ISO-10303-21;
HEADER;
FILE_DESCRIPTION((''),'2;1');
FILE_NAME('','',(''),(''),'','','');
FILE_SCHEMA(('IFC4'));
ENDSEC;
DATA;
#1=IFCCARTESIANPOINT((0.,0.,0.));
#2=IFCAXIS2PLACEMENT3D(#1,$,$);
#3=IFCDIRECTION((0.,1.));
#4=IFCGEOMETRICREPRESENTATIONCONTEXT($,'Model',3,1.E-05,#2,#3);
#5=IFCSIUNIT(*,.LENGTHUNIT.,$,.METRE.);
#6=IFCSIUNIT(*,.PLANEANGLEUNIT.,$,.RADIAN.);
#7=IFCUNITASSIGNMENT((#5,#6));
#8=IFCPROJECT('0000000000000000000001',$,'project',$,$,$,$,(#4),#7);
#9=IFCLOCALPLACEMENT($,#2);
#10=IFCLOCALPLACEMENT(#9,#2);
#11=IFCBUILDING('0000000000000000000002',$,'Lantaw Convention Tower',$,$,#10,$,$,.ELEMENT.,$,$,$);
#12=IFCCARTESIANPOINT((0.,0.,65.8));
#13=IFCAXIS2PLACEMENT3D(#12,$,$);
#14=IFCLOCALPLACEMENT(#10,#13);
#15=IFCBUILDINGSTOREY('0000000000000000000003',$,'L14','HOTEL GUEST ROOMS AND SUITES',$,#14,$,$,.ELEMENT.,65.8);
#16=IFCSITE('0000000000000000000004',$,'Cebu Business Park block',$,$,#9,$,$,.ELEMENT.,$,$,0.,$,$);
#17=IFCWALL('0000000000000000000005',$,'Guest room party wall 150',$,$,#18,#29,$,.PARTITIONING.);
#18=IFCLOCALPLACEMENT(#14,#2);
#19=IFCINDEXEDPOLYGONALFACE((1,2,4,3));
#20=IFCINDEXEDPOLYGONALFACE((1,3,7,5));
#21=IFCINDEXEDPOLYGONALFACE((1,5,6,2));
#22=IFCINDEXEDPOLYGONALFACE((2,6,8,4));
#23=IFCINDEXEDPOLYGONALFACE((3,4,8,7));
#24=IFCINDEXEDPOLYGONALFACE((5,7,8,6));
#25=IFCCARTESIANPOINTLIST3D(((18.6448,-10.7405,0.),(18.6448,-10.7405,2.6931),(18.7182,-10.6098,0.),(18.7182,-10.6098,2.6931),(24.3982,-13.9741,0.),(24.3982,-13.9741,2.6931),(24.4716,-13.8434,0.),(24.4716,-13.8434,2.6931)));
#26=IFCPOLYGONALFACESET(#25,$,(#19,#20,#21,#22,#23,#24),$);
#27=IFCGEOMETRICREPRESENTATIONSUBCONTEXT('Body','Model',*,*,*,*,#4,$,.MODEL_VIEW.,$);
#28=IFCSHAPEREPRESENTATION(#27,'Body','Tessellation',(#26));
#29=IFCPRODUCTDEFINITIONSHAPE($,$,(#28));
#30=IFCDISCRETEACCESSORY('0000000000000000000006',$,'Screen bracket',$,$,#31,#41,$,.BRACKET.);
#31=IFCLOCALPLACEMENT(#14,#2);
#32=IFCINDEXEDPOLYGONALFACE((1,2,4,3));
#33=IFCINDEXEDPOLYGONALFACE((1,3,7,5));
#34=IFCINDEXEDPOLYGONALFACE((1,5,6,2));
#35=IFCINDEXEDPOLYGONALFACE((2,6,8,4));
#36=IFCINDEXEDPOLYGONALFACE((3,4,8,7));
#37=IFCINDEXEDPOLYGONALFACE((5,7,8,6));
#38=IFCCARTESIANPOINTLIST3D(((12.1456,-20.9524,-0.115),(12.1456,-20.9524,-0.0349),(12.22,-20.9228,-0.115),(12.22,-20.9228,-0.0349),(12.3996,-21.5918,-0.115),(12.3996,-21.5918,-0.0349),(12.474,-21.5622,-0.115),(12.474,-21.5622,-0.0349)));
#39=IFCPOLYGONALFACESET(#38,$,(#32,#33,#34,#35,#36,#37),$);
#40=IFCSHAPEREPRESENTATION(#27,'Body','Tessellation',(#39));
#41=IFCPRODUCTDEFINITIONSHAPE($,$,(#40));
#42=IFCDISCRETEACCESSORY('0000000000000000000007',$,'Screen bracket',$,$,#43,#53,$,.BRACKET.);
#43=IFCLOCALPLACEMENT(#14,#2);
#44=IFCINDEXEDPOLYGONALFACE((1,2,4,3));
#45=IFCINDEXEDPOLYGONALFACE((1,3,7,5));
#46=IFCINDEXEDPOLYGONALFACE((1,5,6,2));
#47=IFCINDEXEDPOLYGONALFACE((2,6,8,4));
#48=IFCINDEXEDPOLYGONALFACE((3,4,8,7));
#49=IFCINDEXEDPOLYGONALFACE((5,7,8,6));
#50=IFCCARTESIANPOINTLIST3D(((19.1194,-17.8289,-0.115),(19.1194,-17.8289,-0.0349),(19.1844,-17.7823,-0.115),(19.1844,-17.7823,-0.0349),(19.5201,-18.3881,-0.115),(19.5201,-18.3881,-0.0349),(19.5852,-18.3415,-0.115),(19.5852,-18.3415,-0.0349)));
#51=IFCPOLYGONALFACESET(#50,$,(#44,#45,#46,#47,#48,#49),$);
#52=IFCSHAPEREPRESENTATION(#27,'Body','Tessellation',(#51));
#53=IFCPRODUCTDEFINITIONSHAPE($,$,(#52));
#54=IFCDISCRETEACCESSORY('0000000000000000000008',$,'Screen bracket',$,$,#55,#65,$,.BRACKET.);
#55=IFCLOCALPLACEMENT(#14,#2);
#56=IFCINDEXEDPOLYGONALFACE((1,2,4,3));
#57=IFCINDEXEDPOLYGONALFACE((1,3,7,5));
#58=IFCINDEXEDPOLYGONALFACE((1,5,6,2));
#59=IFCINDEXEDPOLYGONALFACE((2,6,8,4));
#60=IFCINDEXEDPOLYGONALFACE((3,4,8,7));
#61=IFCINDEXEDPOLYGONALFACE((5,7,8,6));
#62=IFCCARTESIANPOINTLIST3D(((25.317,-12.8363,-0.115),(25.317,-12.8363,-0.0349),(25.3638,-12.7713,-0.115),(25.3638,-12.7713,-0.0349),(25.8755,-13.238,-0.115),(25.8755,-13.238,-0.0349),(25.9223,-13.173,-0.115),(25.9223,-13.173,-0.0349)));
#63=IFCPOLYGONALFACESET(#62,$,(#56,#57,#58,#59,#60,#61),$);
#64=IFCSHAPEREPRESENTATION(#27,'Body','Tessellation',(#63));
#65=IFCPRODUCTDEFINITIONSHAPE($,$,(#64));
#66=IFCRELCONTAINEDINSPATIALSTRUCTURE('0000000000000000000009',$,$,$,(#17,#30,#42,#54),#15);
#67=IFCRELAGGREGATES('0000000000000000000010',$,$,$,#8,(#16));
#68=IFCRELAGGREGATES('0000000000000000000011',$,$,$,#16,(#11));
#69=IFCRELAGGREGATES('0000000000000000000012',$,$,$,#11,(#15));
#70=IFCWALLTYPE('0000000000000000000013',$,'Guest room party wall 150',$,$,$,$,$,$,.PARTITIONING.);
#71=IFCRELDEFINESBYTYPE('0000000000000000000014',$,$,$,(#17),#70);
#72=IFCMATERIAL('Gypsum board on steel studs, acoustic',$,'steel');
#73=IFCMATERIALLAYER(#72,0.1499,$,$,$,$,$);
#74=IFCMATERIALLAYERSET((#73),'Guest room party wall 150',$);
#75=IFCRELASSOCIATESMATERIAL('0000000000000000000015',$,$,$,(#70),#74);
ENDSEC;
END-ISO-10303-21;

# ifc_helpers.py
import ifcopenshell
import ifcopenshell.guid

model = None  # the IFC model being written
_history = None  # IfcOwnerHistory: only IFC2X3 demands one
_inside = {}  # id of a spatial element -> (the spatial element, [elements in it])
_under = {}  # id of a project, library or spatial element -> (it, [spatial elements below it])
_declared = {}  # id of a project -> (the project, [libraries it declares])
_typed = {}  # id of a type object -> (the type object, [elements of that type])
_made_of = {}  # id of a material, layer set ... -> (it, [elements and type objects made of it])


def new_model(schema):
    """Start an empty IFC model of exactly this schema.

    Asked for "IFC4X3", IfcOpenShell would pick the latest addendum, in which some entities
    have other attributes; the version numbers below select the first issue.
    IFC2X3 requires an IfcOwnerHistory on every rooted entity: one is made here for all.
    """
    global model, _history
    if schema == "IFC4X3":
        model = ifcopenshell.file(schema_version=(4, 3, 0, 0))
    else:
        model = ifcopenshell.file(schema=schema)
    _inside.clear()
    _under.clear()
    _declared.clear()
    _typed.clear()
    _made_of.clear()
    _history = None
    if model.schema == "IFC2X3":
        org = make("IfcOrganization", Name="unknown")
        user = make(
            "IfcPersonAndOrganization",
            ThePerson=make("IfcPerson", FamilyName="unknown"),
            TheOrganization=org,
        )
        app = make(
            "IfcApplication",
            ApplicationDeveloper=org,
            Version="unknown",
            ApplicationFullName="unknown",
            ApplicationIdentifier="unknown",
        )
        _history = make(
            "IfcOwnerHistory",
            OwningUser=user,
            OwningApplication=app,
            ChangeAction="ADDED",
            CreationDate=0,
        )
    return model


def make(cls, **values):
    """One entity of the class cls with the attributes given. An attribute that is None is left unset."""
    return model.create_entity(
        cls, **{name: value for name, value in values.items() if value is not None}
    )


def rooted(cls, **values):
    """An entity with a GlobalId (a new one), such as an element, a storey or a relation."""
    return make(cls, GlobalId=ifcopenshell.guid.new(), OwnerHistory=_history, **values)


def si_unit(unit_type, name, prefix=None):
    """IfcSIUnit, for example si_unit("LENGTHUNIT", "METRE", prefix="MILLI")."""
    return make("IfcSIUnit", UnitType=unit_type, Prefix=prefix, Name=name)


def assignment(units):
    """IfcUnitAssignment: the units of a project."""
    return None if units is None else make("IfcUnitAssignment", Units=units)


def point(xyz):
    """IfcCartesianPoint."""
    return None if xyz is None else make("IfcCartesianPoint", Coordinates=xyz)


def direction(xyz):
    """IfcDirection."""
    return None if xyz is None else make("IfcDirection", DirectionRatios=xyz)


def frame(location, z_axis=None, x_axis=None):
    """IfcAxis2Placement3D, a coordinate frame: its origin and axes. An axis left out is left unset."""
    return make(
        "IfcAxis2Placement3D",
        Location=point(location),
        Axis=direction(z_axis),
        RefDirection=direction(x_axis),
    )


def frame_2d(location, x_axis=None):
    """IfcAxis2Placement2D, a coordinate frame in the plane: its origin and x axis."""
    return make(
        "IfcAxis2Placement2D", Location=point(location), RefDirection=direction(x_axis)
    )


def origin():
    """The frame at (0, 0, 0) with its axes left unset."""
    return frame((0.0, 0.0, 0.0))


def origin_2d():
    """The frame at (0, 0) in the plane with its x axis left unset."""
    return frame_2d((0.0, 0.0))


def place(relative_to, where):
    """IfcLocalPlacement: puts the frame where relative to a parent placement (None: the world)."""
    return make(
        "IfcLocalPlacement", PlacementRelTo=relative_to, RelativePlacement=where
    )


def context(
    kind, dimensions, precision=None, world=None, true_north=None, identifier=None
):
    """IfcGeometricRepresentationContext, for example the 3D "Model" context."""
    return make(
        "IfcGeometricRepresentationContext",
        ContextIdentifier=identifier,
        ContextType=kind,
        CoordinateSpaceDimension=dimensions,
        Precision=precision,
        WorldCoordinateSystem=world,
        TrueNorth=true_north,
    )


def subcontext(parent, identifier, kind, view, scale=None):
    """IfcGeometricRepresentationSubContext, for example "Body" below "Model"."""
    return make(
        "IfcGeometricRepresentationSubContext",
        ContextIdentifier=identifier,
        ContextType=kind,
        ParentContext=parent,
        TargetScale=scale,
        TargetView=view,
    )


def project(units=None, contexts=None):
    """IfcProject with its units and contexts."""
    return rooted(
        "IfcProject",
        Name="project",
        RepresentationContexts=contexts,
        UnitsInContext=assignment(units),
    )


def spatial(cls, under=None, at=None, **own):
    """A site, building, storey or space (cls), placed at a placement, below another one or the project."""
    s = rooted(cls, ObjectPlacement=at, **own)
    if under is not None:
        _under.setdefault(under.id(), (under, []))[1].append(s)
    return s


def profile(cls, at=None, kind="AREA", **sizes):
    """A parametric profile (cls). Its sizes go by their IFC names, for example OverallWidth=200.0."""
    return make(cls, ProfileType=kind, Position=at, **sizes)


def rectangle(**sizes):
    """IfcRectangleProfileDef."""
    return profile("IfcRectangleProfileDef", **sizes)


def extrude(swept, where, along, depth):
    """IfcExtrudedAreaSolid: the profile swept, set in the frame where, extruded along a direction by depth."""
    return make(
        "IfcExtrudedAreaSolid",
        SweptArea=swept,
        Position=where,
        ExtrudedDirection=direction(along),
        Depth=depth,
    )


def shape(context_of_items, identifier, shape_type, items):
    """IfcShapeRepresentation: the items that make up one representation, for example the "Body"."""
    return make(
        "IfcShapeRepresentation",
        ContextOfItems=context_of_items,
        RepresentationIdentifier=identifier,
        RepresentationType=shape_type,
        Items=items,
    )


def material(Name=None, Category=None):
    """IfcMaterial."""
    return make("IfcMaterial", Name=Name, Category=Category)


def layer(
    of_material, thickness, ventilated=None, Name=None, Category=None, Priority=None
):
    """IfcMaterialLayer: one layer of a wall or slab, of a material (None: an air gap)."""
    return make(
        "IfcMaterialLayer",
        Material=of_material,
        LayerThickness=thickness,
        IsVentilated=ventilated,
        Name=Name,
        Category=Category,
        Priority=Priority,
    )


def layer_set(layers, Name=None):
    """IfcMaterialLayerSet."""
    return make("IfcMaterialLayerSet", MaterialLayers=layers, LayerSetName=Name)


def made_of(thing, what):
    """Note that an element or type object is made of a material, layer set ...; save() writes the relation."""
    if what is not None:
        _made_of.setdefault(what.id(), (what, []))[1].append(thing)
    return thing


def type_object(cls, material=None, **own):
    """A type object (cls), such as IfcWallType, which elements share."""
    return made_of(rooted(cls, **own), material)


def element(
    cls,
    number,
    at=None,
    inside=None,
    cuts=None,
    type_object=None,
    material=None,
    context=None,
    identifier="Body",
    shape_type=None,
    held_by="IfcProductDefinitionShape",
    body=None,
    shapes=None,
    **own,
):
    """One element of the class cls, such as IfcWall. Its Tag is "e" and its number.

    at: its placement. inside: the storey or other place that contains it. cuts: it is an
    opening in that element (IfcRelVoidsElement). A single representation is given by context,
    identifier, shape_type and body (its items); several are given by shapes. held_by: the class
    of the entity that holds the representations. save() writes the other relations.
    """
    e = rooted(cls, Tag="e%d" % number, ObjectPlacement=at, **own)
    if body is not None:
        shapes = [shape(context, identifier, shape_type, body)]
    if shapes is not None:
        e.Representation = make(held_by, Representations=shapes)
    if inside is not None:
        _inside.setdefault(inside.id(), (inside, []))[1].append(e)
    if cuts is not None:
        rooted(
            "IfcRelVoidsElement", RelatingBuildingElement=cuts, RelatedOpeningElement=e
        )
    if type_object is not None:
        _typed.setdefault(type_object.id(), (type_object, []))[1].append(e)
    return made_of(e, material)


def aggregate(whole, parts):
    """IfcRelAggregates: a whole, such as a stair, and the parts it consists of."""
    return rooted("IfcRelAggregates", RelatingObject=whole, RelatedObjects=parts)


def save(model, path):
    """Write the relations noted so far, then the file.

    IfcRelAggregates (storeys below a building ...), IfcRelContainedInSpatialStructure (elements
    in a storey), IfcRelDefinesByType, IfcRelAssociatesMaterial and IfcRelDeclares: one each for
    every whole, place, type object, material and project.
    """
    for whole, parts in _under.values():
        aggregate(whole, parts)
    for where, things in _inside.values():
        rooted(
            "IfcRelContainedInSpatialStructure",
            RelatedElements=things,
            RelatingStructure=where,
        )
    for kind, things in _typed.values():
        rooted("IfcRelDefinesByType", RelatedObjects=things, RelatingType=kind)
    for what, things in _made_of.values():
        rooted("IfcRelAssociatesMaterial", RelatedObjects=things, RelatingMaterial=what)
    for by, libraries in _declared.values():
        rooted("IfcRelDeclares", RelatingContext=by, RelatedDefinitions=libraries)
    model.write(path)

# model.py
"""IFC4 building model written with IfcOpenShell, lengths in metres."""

from ifc_helpers import new_model, si_unit, direction, frame, frame_2d, origin, origin_2d, place, context, subcontext, project, spatial, rectangle, extrude, material, layer, layer_set, type_object, element, save


model = new_model("IFC4")

# Units and contexts
model_context = context("Model", 3, precision=1e-05, world=origin(), true_north=direction((0.0, 1.0)))
body_context = subcontext(model_context, "Body", "Model", "MODEL_VIEW")
ifc_project = project(units=[si_unit("LENGTHUNIT", "METRE"), si_unit("PLANEANGLEUNIT", "RADIAN")], contexts=[model_context])

# Site, building, storey
site_placement = place(None, origin())
site = spatial("IfcSite", under=ifc_project, at=site_placement, Name="Cebu Business Park block", CompositionType="ELEMENT", RefElevation=0.0)
building_placement = place(site_placement, origin())
building = spatial("IfcBuilding", under=site, at=building_placement, Name="Lantaw Convention Tower", CompositionType="ELEMENT")
storey_placement = place(building_placement, frame((0.0, 0.0, 65.8)))
storey = spatial("IfcBuildingStorey", under=building, at=storey_placement, Name="L14", Description="HOTEL GUEST ROOMS AND SUITES", CompositionType="ELEMENT", Elevation=65.8)

# Wall
ifc_material_1 = material(Name="Gypsum board on steel studs, acoustic", Category="steel")
ifc_layer_1 = layer(ifc_material_1, 0.1499)
ifc_layer_set_1 = layer_set([ifc_layer_1], Name="Guest room party wall 150")
wall_type_1 = type_object("IfcWallType", Name="Guest room party wall 150", PredefinedType="PARTITIONING", material=ifc_layer_set_1)
wall_1_placement = place(storey_placement, frame((24.4348, -13.9087, 0.0), z_axis=(0.0, 0.0, 1.0), x_axis=(-0.871747, 0.489956, 0.0)))
element("IfcWall", 1, at=wall_1_placement, inside=storey, type_object=wall_type_1, Name="Guest room party wall 150", PredefinedType="PARTITIONING", context=body_context, shape_type="SweptSolid", body=[
    extrude(rectangle(XDim=6.5999, YDim=0.1499, at=frame_2d((3.2998, 0.0))), origin(), (0.0, 0.0, 1.0), 2.6931),
])

# Discrete accessories
for number, where, z_axis, x_axis, name in (
    (2, (12.3098, -21.2573, -0.115), (0.0, 0.0, 1.0), (0.929361, 0.369172, 0.0), "Screen bracket"),
    (3, (19.3523, -18.0852, -0.115), (0.0, 0.0, 1.0), (0.812804, 0.582538, 0.0), "Screen bracket"),
    (4, (25.6196, -13.0046, -0.115), (0.0, 0.0, 1.0), (0.583951, 0.811789, 0.0), "Screen bracket"),
):
    element("IfcDiscreteAccessory", number, at=place(storey_placement, frame(where, z_axis=z_axis, x_axis=x_axis)), inside=storey, Name=name, PredefinedType="BRACKET", context=body_context, shape_type="SweptSolid", body=[
        extrude(rectangle(XDim=0.0801, YDim=0.688, at=origin_2d()), origin(), (0.0, 0.0, 1.0), 0.0801),
    ])

save(model, "model.ifc")
